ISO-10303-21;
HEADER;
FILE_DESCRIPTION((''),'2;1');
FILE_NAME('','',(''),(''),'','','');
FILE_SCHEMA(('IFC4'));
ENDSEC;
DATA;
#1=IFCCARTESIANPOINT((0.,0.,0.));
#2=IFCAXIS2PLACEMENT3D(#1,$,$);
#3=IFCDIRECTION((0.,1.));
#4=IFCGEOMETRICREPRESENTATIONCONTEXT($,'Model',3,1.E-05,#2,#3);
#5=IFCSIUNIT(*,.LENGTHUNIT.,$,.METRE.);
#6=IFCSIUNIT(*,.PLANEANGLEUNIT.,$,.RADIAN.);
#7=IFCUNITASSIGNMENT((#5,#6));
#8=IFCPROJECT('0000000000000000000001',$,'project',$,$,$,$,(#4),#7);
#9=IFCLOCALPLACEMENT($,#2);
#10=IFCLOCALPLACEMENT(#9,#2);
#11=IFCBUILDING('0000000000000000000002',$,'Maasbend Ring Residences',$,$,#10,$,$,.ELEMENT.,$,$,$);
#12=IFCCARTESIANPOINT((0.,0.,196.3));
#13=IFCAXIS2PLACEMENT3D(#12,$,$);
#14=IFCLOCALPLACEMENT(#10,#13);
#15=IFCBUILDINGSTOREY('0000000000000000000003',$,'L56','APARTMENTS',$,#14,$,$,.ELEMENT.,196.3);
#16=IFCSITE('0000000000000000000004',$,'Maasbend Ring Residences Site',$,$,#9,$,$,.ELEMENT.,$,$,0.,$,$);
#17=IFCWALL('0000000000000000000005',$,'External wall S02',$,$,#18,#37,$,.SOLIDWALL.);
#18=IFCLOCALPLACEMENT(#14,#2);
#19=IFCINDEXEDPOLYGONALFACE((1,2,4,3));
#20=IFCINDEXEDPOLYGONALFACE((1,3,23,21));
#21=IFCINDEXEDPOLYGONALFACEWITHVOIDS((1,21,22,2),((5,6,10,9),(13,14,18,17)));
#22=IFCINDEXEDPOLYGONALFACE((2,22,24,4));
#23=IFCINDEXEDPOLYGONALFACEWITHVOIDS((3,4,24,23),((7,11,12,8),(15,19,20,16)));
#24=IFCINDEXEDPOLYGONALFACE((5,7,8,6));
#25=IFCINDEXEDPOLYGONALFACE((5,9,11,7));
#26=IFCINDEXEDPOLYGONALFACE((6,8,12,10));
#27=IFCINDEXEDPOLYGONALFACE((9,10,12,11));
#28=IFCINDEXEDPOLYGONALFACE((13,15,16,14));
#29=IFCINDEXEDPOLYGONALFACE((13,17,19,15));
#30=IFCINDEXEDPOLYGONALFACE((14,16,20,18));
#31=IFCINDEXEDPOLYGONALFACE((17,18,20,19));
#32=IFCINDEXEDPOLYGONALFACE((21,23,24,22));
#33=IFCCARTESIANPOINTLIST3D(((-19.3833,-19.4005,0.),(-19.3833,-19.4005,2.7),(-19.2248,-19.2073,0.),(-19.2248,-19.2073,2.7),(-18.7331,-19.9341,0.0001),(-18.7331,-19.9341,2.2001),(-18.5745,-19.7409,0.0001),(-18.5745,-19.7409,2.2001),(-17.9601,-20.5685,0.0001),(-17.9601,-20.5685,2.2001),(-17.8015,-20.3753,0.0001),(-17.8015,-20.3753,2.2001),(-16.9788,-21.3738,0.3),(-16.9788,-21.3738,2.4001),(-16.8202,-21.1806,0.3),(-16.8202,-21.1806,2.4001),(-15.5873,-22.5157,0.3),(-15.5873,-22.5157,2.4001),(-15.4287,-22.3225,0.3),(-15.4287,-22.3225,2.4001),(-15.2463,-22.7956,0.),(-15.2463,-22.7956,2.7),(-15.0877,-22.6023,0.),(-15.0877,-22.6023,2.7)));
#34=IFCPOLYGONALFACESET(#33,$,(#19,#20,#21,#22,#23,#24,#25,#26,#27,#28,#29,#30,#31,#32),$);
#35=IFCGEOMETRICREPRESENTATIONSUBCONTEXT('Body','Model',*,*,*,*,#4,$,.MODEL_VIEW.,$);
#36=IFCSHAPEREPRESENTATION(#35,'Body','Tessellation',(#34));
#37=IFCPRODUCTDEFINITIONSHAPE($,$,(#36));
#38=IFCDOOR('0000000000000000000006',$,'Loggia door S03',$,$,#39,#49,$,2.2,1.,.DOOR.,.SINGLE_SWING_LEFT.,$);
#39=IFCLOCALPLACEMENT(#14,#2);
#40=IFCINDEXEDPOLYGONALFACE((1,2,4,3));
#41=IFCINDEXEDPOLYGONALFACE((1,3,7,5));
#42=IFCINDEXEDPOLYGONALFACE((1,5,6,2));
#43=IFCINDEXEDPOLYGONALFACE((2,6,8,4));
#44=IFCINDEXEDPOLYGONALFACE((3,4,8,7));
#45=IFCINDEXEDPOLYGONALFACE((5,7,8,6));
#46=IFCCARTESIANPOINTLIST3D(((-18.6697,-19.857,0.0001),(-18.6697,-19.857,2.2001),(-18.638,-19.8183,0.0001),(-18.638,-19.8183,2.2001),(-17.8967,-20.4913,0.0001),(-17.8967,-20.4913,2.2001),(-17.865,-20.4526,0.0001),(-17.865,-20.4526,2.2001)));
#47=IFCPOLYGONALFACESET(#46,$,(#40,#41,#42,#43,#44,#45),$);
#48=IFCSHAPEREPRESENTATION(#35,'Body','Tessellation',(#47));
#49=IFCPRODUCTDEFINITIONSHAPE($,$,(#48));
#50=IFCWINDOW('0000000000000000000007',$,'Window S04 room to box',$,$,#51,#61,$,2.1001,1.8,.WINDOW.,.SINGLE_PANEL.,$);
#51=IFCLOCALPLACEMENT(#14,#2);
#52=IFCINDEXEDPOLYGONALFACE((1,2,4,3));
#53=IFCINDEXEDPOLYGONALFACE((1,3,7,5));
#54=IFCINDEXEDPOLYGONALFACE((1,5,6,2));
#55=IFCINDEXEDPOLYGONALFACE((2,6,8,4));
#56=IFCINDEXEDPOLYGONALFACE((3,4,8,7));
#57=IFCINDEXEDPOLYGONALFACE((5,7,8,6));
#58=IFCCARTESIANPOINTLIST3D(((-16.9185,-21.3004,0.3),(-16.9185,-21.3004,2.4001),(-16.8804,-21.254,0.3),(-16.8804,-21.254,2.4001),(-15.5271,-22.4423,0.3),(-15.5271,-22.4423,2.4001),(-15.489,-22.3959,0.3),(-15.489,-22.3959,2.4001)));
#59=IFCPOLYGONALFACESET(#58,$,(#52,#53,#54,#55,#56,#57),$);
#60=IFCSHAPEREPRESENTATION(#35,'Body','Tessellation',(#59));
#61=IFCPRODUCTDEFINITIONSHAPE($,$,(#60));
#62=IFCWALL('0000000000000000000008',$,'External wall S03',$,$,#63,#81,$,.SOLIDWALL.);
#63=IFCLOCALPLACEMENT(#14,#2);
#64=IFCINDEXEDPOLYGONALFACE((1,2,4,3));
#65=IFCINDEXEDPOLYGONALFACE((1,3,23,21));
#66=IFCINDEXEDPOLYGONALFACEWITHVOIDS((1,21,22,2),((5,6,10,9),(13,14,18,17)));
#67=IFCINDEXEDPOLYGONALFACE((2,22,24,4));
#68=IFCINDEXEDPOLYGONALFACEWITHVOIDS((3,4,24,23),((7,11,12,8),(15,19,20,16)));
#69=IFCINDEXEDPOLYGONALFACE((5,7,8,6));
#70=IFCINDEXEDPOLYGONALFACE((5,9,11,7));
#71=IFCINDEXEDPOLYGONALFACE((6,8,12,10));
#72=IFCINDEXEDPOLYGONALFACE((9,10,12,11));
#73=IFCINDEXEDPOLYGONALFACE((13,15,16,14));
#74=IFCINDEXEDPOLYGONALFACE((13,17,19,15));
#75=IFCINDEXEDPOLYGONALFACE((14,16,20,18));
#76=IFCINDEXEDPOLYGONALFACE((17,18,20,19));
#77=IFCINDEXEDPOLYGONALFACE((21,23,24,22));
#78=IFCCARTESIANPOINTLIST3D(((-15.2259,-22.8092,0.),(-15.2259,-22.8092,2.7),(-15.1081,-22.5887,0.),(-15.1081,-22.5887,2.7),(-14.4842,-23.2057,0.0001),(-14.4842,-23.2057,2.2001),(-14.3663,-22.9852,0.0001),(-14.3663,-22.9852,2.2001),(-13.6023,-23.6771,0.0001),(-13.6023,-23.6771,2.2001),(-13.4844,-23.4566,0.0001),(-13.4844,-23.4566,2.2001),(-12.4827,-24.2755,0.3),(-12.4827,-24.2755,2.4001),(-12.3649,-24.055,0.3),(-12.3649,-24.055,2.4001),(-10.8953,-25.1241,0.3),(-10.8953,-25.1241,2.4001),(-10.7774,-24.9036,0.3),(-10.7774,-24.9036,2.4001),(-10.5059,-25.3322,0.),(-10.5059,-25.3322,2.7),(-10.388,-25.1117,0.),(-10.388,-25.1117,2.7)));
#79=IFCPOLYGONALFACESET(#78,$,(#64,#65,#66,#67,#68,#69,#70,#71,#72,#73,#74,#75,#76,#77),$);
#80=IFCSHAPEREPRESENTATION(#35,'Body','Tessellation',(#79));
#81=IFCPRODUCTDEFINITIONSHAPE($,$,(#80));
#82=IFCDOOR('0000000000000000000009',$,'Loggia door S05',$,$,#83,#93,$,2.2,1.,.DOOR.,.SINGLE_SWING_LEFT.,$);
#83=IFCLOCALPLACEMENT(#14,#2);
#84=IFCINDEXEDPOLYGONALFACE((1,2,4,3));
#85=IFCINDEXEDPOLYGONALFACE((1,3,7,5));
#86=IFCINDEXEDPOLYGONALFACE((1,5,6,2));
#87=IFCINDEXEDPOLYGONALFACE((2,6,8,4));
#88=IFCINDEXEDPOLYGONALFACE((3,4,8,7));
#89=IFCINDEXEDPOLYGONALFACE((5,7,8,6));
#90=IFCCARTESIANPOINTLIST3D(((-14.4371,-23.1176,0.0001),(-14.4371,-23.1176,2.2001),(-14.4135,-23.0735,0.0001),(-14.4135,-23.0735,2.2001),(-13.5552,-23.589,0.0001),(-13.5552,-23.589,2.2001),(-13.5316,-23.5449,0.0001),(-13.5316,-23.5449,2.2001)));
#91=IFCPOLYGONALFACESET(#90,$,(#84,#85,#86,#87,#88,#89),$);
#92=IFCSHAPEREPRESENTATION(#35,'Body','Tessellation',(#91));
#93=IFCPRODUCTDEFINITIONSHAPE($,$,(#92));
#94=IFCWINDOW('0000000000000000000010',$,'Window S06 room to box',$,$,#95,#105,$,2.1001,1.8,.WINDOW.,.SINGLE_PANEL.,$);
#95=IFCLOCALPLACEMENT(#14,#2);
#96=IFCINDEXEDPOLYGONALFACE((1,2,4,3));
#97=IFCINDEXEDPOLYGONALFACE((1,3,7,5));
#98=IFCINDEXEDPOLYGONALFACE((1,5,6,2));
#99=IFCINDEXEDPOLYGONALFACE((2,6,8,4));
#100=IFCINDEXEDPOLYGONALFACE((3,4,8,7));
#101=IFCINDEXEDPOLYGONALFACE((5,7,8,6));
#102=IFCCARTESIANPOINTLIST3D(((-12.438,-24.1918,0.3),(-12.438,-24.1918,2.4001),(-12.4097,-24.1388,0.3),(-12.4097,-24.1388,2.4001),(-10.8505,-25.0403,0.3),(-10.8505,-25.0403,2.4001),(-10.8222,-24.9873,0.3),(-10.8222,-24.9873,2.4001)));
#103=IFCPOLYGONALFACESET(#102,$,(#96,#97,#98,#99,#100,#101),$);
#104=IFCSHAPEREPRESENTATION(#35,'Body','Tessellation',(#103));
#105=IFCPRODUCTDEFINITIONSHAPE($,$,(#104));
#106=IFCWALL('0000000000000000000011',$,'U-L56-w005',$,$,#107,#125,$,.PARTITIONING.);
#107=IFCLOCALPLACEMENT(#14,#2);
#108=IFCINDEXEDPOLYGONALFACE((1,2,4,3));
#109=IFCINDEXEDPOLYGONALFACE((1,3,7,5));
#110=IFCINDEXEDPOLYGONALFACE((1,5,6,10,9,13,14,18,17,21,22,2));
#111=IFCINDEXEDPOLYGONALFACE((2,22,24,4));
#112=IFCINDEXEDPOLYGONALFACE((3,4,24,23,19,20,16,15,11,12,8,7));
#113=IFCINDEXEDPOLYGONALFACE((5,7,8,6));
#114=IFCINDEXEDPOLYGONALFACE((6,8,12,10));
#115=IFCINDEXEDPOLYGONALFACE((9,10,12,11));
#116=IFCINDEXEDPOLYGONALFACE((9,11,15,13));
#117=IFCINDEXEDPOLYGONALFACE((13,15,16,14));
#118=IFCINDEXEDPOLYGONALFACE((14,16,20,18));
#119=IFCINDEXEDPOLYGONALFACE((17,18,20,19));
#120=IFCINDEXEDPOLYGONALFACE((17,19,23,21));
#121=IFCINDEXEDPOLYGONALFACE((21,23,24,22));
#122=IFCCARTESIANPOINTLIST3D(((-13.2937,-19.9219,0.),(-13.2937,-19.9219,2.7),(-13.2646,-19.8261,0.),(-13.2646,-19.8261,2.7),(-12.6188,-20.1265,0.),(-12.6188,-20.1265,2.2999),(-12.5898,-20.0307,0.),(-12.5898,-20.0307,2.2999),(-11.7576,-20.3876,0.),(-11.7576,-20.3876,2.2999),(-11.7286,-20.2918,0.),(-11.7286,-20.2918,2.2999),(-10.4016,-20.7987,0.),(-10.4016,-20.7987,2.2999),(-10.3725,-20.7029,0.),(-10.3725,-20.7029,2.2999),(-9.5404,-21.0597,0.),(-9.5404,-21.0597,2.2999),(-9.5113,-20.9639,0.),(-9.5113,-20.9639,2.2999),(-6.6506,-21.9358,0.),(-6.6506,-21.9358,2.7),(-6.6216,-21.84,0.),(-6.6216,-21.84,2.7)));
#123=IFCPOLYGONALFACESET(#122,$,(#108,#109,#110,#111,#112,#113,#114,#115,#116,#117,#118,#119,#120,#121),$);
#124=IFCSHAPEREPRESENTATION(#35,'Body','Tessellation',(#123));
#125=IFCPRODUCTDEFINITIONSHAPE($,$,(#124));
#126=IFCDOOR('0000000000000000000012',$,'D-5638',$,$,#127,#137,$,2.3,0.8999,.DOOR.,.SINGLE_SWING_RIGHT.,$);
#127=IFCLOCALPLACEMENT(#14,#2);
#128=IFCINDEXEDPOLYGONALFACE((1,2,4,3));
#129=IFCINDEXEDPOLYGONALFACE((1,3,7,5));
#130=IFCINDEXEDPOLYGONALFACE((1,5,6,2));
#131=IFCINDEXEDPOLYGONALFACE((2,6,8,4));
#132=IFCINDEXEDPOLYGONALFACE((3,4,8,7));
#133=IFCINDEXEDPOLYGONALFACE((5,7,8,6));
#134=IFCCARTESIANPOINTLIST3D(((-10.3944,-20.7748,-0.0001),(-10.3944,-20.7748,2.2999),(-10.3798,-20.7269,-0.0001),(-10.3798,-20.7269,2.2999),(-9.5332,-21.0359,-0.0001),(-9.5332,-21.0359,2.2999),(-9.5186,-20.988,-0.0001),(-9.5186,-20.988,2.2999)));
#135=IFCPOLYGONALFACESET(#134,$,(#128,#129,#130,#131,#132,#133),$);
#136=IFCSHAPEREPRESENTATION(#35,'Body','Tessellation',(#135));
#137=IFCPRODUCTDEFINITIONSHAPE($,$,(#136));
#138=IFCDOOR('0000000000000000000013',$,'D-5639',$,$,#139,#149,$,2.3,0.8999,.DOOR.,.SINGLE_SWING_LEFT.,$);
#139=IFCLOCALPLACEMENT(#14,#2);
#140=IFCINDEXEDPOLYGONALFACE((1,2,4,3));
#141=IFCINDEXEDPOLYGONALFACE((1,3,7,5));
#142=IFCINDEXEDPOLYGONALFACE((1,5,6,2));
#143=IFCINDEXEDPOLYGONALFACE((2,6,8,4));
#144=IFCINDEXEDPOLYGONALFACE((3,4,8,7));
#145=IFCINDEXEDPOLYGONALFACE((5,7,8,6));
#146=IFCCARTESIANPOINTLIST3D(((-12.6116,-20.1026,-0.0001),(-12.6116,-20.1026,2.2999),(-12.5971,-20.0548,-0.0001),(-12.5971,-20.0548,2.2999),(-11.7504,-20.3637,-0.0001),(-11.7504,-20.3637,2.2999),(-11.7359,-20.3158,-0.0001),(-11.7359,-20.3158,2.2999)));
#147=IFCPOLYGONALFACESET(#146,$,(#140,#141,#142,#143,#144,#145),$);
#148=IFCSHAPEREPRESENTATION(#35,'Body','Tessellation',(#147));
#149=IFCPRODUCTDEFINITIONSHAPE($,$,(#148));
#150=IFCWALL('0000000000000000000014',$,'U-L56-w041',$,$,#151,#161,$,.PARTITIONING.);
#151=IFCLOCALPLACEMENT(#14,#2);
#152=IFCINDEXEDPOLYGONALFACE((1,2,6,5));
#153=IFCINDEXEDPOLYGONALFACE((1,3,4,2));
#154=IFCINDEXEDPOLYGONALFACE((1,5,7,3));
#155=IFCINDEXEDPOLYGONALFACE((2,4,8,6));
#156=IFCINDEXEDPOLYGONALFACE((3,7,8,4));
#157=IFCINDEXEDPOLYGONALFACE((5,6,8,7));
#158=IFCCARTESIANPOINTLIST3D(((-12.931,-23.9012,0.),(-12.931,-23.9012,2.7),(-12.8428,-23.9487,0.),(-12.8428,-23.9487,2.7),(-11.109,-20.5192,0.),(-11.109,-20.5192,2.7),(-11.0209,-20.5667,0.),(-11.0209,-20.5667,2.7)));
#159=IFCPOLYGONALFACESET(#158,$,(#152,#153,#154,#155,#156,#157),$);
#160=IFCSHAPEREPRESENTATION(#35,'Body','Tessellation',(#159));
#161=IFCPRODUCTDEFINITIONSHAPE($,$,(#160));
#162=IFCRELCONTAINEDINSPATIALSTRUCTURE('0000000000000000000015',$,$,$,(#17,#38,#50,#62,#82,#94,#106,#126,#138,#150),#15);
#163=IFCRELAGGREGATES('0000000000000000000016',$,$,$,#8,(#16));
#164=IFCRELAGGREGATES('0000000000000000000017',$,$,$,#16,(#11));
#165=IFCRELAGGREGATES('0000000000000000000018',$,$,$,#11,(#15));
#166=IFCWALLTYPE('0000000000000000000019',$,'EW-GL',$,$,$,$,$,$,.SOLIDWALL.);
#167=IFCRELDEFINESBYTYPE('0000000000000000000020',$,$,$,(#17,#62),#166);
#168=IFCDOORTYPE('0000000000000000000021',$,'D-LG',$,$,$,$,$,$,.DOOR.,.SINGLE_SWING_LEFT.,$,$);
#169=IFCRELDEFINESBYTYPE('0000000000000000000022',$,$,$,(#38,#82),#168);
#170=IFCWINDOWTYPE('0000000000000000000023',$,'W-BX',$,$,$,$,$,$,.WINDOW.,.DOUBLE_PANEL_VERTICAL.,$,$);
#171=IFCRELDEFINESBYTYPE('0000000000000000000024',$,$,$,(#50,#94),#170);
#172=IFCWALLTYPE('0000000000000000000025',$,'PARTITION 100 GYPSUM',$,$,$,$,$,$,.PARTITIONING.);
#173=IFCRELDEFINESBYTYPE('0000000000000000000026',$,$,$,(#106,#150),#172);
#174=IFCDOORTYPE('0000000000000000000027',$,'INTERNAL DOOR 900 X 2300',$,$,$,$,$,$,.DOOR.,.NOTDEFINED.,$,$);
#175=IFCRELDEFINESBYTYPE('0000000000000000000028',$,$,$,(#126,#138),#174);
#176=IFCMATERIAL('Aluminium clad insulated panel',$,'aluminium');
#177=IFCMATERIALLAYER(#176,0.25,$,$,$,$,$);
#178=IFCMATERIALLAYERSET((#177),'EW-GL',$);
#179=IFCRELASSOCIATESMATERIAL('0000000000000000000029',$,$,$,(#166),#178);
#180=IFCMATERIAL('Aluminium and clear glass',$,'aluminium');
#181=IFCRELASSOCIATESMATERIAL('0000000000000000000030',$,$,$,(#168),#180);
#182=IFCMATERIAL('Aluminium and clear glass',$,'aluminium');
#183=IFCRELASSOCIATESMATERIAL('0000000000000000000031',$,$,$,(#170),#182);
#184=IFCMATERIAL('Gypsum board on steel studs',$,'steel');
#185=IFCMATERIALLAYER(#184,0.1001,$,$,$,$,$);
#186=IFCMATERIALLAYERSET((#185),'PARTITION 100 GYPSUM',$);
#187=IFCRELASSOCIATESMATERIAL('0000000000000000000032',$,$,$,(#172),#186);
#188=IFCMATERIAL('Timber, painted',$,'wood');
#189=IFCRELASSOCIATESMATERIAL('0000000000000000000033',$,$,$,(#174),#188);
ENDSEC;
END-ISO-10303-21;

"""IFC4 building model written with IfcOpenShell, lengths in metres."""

from ifc_helpers import new_model, si_unit, direction, frame, frame_2d, origin, place, context, subcontext, project, spatial, rectangle, extrude, material, layer, layer_set, type_object, element, fill, save


model = new_model("IFC4")

# Units and contexts
model_context = context("Model", 3, precision=1e-05, world=origin(), true_north=direction((0.0, 1.0)))
body_context = subcontext(model_context, "Body", "Model", "MODEL_VIEW")
ifc_project = project(units=[si_unit("LENGTHUNIT", "METRE"), si_unit("PLANEANGLEUNIT", "RADIAN")], contexts=[model_context])

# Site, building, storey
site_placement = place(None, origin())
site = spatial("IfcSite", under=ifc_project, at=site_placement, Name="Maasbend Ring Residences Site", CompositionType="ELEMENT", RefElevation=0.0)
building_placement = place(site_placement, origin())
building = spatial("IfcBuilding", under=site, at=building_placement, Name="Maasbend Ring Residences", CompositionType="ELEMENT")
storey_placement = place(building_placement, frame((0.0, 0.0, 196.3)))
storey = spatial("IfcBuildingStorey", under=building, at=storey_placement, Name="L56", Description="APARTMENTS", CompositionType="ELEMENT", Elevation=196.3)

# Walls, openings, doors, windows
ifc_material_1 = material(Name="Aluminium clad insulated panel", Category="aluminium")
ifc_layer_1 = layer(ifc_material_1, 0.25)
ifc_layer_set_1 = layer_set([ifc_layer_1], Name="EW-GL")
wall_type_1 = type_object("IfcWallType", Name="EW-GL", PredefinedType="SOLIDWALL", material=ifc_layer_set_1)
wall_1_placement = place(storey_placement, frame((-19.304, -19.304, 0.0), z_axis=(0.0, 0.0, 1.0), x_axis=(0.773019, -0.634382, 0.0)))
wall_1 = element("IfcWall", 1, at=wall_1_placement, inside=storey, type_object=wall_type_1, Name="External wall S02", PredefinedType="SOLIDWALL", context=body_context, shape_type="SweptSolid", body=[
    extrude(rectangle(XDim=5.3518, YDim=0.25, at=frame_2d((2.6758, 0.0))), origin(), (0.0, 0.0, 1.0), 2.7),
])
opening_1_placement = place(wall_1_placement, frame((0.8411, 0.0, 0.0)))
opening_1 = element("IfcOpeningElement", 2, at=opening_1_placement, cuts=wall_1, PredefinedType="OPENING", context=body_context, shape_type="SweptSolid", body=[
    extrude(rectangle(XDim=1.0, YDim=2.2, at=frame_2d((0.5, 1.1001))), frame((0.0, 0.135, 0.0), z_axis=(0.0, -1.0, 0.0), x_axis=(1.0, 0.0, 0.0)), (0.0, 0.0, 1.0), 0.27),
])
opening_2_placement = place(wall_1_placement, frame((3.1106, 0.0, 0.3)))
opening_2 = element("IfcOpeningElement", 3, at=opening_2_placement, cuts=wall_1, PredefinedType="OPENING", context=body_context, shape_type="SweptSolid", body=[
    extrude(rectangle(XDim=1.8, YDim=2.1001, at=frame_2d((0.8999, 1.05))), frame((0.0, 0.135, 0.0), z_axis=(0.0, -1.0, 0.0), x_axis=(1.0, 0.0, 0.0)), (0.0, 0.0, 1.0), 0.27),
])
ifc_material_2 = material(Name="Aluminium and clear glass", Category="aluminium")
door_type_1 = type_object("IfcDoorType", Name="D-LG", OperationType="SINGLE_SWING_LEFT", PredefinedType="DOOR", material=ifc_material_2)
door_1_placement = place(opening_1_placement, origin())
door_1 = element("IfcDoor", 4, at=door_1_placement, inside=storey, type_object=door_type_1, Name="Loggia door S03", OperationType="SINGLE_SWING_LEFT", OverallHeight=2.2, OverallWidth=1.0, PredefinedType="DOOR", context=body_context, shape_type="SweptSolid", body=[
    extrude(rectangle(XDim=1.0, YDim=2.2, at=frame_2d((0.5, 1.1001))), frame((0.0, 0.0249, 0.0), z_axis=(0.0, -1.0, 0.0), x_axis=(1.0, 0.0, 0.0)), (0.0, 0.0, 1.0), 0.05),
])
fill(opening_1, door_1)
ifc_material_3 = material(Name="Aluminium and clear glass", Category="aluminium")
window_type_1 = type_object("IfcWindowType", Name="W-BX", PartitioningType="DOUBLE_PANEL_VERTICAL", PredefinedType="WINDOW", material=ifc_material_3)
window_1_placement = place(opening_2_placement, origin())
window_1 = element("IfcWindow", 5, at=window_1_placement, inside=storey, type_object=window_type_1, Name="Window S04 room to box", OverallHeight=2.1001, OverallWidth=1.8, PartitioningType="SINGLE_PANEL", PredefinedType="WINDOW", context=body_context, shape_type="SweptSolid", body=[
    extrude(rectangle(XDim=1.8, YDim=2.1001, at=frame_2d((0.8999, 1.05))), frame((0.0, 0.03, 0.0), z_axis=(0.0, -1.0, 0.0), x_axis=(1.0, 0.0, 0.0)), (0.0, 0.0, 1.0), 0.0601),
])
fill(opening_2, window_1)
wall_2_placement = place(storey_placement, frame((-15.167, -22.699, 0.0), z_axis=(0.0, 0.0, 1.0), x_axis=(0.881916, -0.471407, 0.0)))
wall_2 = element("IfcWall", 6, at=wall_2_placement, inside=storey, type_object=wall_type_1, Name="External wall S03", PredefinedType="SOLIDWALL", context=body_context, shape_type="SweptSolid", body=[
    extrude(rectangle(XDim=5.3521, YDim=0.25, at=frame_2d((2.676, 0.0))), origin(), (0.0, 0.0, 1.0), 2.7),
])
opening_3_placement = place(wall_2_placement, frame((0.8411, 0.0, 0.0)))
opening_3 = element("IfcOpeningElement", 7, at=opening_3_placement, cuts=wall_2, PredefinedType="OPENING", context=body_context, shape_type="SweptSolid", body=[
    extrude(rectangle(XDim=1.0, YDim=2.2, at=frame_2d((0.5, 1.1001))), frame((0.0, 0.135, 0.0), z_axis=(0.0, -1.0, 0.0), x_axis=(1.0, 0.0, 0.0)), (0.0, 0.0, 1.0), 0.27),
])
opening_4_placement = place(wall_2_placement, frame((3.1106, 0.0, 0.3)))
opening_4 = element("IfcOpeningElement", 8, at=opening_4_placement, cuts=wall_2, PredefinedType="OPENING", context=body_context, shape_type="SweptSolid", body=[
    extrude(rectangle(XDim=1.8, YDim=2.1001, at=frame_2d((0.8999, 1.05))), frame((0.0, 0.135, 0.0), z_axis=(0.0, -1.0, 0.0), x_axis=(1.0, 0.0, 0.0)), (0.0, 0.0, 1.0), 0.27),
])
door_2_placement = place(opening_3_placement, origin())
door_2 = element("IfcDoor", 9, at=door_2_placement, inside=storey, type_object=door_type_1, Name="Loggia door S05", OperationType="SINGLE_SWING_LEFT", OverallHeight=2.2, OverallWidth=1.0, PredefinedType="DOOR", context=body_context, shape_type="SweptSolid", body=[
    extrude(rectangle(XDim=1.0, YDim=2.2, at=frame_2d((0.5, 1.1001))), frame((0.0, 0.0249, 0.0), z_axis=(0.0, -1.0, 0.0), x_axis=(1.0, 0.0, 0.0)), (0.0, 0.0, 1.0), 0.05),
])
fill(opening_3, door_2)
window_2_placement = place(opening_4_placement, origin())
window_2 = element("IfcWindow", 10, at=window_2_placement, inside=storey, type_object=window_type_1, Name="Window S06 room to box", OverallHeight=2.1001, OverallWidth=1.8, PartitioningType="SINGLE_PANEL", PredefinedType="WINDOW", context=body_context, shape_type="SweptSolid", body=[
    extrude(rectangle(XDim=1.8, YDim=2.1001, at=frame_2d((0.8999, 1.05))), frame((0.0, 0.03, 0.0), z_axis=(0.0, -1.0, 0.0), x_axis=(1.0, 0.0, 0.0)), (0.0, 0.0, 1.0), 0.0601),
])
fill(opening_4, window_2)

# Wall, openings, doors
ifc_material_4 = material(Name="Gypsum board on steel studs", Category="steel")
ifc_layer_2 = layer(ifc_material_4, 0.1001)
ifc_layer_set_2 = layer_set([ifc_layer_2], Name="PARTITION 100 GYPSUM")
wall_type_2 = type_object("IfcWallType", Name="PARTITION 100 GYPSUM", PredefinedType="PARTITIONING", material=ifc_layer_set_2)
wall_3_placement = place(storey_placement, frame((-13.2791, -19.874, 0.0), z_axis=(0.0, 0.0, 1.0), x_axis=(0.95699, -0.290122, 0.0)))
wall_3 = element("IfcWall", 11, at=wall_3_placement, inside=storey, type_object=wall_type_2, Name="U-L56-w005", PredefinedType="PARTITIONING", context=body_context, shape_type="SweptSolid", body=[
    extrude(rectangle(XDim=6.9417, YDim=0.1001, at=frame_2d((3.4707, 0.0))), origin(), (0.0, 0.0, 1.0), 2.7),
])
opening_5_placement = place(wall_3_placement, frame((3.022, 0.0, 0.0)))
opening_5 = element("IfcOpeningElement", 12, at=opening_5_placement, cuts=wall_3, PredefinedType="OPENING", context=body_context, shape_type="SweptSolid", body=[
    extrude(rectangle(XDim=0.8999, YDim=2.3, at=frame_2d((0.45, 1.1499))), frame((0.0, 0.0601, 0.0), z_axis=(0.0, -1.0, 0.0), x_axis=(1.0, 0.0, 0.0)), (0.0, 0.0, 1.0), 0.1201),
])
opening_6_placement = place(wall_3_placement, frame((0.7051, 0.0, 0.0)))
opening_6 = element("IfcOpeningElement", 13, at=opening_6_placement, cuts=wall_3, PredefinedType="OPENING", context=body_context, shape_type="SweptSolid", body=[
    extrude(rectangle(XDim=0.8999, YDim=2.3, at=frame_2d((0.45, 1.1499))), frame((0.0, 0.0601, 0.0), z_axis=(0.0, -1.0, 0.0), x_axis=(1.0, 0.0, 0.0)), (0.0, 0.0, 1.0), 0.1201),
])
ifc_material_5 = material(Name="Timber, painted", Category="wood")
door_type_2 = type_object("IfcDoorType", Name="INTERNAL DOOR 900 X 2300", OperationType="NOTDEFINED", PredefinedType="DOOR", material=ifc_material_5)
door_3_placement = place(opening_5_placement, origin())
door_3 = element("IfcDoor", 14, at=door_3_placement, inside=storey, type_object=door_type_2, Name="D-5638", OperationType="SINGLE_SWING_RIGHT", OverallHeight=2.3, OverallWidth=0.8999, PredefinedType="DOOR", context=body_context, shape_type="SweptSolid", body=[
    extrude(rectangle(XDim=0.8999, YDim=2.3, at=frame_2d((0.45, 1.1499))), frame((0.0, 0.0249, 0.0), z_axis=(0.0, -1.0, 0.0), x_axis=(1.0, 0.0, 0.0)), (0.0, 0.0, 1.0), 0.05),
])
fill(opening_5, door_3)
door_4_placement = place(opening_6_placement, origin())
door_4 = element("IfcDoor", 15, at=door_4_placement, inside=storey, type_object=door_type_2, Name="D-5639", OperationType="SINGLE_SWING_LEFT", OverallHeight=2.3, OverallWidth=0.8999, PredefinedType="DOOR", context=body_context, shape_type="SweptSolid", body=[
    extrude(rectangle(XDim=0.8999, YDim=2.3, at=frame_2d((0.45, 1.1499))), frame((0.0, 0.0249, 0.0), z_axis=(0.0, -1.0, 0.0), x_axis=(1.0, 0.0, 0.0)), (0.0, 0.0, 1.0), 0.05),
])
fill(opening_6, door_4)

# Wall
wall_4_placement = place(storey_placement, frame((-12.887, -23.925, 0.0), z_axis=(0.0, 0.0, 1.0), x_axis=(0.474282, 0.880373, 0.0)))
element("IfcWall", 16, at=wall_4_placement, inside=storey, type_object=wall_type_2, Name="U-L56-w041", PredefinedType="PARTITIONING", context=body_context, shape_type="SweptSolid", body=[
    extrude(rectangle(XDim=3.8416, YDim=0.1001, at=frame_2d((1.9209, 0.0))), origin(), (0.0, 0.0, 1.0), 2.7),
])

save(model, "model.ifc")
